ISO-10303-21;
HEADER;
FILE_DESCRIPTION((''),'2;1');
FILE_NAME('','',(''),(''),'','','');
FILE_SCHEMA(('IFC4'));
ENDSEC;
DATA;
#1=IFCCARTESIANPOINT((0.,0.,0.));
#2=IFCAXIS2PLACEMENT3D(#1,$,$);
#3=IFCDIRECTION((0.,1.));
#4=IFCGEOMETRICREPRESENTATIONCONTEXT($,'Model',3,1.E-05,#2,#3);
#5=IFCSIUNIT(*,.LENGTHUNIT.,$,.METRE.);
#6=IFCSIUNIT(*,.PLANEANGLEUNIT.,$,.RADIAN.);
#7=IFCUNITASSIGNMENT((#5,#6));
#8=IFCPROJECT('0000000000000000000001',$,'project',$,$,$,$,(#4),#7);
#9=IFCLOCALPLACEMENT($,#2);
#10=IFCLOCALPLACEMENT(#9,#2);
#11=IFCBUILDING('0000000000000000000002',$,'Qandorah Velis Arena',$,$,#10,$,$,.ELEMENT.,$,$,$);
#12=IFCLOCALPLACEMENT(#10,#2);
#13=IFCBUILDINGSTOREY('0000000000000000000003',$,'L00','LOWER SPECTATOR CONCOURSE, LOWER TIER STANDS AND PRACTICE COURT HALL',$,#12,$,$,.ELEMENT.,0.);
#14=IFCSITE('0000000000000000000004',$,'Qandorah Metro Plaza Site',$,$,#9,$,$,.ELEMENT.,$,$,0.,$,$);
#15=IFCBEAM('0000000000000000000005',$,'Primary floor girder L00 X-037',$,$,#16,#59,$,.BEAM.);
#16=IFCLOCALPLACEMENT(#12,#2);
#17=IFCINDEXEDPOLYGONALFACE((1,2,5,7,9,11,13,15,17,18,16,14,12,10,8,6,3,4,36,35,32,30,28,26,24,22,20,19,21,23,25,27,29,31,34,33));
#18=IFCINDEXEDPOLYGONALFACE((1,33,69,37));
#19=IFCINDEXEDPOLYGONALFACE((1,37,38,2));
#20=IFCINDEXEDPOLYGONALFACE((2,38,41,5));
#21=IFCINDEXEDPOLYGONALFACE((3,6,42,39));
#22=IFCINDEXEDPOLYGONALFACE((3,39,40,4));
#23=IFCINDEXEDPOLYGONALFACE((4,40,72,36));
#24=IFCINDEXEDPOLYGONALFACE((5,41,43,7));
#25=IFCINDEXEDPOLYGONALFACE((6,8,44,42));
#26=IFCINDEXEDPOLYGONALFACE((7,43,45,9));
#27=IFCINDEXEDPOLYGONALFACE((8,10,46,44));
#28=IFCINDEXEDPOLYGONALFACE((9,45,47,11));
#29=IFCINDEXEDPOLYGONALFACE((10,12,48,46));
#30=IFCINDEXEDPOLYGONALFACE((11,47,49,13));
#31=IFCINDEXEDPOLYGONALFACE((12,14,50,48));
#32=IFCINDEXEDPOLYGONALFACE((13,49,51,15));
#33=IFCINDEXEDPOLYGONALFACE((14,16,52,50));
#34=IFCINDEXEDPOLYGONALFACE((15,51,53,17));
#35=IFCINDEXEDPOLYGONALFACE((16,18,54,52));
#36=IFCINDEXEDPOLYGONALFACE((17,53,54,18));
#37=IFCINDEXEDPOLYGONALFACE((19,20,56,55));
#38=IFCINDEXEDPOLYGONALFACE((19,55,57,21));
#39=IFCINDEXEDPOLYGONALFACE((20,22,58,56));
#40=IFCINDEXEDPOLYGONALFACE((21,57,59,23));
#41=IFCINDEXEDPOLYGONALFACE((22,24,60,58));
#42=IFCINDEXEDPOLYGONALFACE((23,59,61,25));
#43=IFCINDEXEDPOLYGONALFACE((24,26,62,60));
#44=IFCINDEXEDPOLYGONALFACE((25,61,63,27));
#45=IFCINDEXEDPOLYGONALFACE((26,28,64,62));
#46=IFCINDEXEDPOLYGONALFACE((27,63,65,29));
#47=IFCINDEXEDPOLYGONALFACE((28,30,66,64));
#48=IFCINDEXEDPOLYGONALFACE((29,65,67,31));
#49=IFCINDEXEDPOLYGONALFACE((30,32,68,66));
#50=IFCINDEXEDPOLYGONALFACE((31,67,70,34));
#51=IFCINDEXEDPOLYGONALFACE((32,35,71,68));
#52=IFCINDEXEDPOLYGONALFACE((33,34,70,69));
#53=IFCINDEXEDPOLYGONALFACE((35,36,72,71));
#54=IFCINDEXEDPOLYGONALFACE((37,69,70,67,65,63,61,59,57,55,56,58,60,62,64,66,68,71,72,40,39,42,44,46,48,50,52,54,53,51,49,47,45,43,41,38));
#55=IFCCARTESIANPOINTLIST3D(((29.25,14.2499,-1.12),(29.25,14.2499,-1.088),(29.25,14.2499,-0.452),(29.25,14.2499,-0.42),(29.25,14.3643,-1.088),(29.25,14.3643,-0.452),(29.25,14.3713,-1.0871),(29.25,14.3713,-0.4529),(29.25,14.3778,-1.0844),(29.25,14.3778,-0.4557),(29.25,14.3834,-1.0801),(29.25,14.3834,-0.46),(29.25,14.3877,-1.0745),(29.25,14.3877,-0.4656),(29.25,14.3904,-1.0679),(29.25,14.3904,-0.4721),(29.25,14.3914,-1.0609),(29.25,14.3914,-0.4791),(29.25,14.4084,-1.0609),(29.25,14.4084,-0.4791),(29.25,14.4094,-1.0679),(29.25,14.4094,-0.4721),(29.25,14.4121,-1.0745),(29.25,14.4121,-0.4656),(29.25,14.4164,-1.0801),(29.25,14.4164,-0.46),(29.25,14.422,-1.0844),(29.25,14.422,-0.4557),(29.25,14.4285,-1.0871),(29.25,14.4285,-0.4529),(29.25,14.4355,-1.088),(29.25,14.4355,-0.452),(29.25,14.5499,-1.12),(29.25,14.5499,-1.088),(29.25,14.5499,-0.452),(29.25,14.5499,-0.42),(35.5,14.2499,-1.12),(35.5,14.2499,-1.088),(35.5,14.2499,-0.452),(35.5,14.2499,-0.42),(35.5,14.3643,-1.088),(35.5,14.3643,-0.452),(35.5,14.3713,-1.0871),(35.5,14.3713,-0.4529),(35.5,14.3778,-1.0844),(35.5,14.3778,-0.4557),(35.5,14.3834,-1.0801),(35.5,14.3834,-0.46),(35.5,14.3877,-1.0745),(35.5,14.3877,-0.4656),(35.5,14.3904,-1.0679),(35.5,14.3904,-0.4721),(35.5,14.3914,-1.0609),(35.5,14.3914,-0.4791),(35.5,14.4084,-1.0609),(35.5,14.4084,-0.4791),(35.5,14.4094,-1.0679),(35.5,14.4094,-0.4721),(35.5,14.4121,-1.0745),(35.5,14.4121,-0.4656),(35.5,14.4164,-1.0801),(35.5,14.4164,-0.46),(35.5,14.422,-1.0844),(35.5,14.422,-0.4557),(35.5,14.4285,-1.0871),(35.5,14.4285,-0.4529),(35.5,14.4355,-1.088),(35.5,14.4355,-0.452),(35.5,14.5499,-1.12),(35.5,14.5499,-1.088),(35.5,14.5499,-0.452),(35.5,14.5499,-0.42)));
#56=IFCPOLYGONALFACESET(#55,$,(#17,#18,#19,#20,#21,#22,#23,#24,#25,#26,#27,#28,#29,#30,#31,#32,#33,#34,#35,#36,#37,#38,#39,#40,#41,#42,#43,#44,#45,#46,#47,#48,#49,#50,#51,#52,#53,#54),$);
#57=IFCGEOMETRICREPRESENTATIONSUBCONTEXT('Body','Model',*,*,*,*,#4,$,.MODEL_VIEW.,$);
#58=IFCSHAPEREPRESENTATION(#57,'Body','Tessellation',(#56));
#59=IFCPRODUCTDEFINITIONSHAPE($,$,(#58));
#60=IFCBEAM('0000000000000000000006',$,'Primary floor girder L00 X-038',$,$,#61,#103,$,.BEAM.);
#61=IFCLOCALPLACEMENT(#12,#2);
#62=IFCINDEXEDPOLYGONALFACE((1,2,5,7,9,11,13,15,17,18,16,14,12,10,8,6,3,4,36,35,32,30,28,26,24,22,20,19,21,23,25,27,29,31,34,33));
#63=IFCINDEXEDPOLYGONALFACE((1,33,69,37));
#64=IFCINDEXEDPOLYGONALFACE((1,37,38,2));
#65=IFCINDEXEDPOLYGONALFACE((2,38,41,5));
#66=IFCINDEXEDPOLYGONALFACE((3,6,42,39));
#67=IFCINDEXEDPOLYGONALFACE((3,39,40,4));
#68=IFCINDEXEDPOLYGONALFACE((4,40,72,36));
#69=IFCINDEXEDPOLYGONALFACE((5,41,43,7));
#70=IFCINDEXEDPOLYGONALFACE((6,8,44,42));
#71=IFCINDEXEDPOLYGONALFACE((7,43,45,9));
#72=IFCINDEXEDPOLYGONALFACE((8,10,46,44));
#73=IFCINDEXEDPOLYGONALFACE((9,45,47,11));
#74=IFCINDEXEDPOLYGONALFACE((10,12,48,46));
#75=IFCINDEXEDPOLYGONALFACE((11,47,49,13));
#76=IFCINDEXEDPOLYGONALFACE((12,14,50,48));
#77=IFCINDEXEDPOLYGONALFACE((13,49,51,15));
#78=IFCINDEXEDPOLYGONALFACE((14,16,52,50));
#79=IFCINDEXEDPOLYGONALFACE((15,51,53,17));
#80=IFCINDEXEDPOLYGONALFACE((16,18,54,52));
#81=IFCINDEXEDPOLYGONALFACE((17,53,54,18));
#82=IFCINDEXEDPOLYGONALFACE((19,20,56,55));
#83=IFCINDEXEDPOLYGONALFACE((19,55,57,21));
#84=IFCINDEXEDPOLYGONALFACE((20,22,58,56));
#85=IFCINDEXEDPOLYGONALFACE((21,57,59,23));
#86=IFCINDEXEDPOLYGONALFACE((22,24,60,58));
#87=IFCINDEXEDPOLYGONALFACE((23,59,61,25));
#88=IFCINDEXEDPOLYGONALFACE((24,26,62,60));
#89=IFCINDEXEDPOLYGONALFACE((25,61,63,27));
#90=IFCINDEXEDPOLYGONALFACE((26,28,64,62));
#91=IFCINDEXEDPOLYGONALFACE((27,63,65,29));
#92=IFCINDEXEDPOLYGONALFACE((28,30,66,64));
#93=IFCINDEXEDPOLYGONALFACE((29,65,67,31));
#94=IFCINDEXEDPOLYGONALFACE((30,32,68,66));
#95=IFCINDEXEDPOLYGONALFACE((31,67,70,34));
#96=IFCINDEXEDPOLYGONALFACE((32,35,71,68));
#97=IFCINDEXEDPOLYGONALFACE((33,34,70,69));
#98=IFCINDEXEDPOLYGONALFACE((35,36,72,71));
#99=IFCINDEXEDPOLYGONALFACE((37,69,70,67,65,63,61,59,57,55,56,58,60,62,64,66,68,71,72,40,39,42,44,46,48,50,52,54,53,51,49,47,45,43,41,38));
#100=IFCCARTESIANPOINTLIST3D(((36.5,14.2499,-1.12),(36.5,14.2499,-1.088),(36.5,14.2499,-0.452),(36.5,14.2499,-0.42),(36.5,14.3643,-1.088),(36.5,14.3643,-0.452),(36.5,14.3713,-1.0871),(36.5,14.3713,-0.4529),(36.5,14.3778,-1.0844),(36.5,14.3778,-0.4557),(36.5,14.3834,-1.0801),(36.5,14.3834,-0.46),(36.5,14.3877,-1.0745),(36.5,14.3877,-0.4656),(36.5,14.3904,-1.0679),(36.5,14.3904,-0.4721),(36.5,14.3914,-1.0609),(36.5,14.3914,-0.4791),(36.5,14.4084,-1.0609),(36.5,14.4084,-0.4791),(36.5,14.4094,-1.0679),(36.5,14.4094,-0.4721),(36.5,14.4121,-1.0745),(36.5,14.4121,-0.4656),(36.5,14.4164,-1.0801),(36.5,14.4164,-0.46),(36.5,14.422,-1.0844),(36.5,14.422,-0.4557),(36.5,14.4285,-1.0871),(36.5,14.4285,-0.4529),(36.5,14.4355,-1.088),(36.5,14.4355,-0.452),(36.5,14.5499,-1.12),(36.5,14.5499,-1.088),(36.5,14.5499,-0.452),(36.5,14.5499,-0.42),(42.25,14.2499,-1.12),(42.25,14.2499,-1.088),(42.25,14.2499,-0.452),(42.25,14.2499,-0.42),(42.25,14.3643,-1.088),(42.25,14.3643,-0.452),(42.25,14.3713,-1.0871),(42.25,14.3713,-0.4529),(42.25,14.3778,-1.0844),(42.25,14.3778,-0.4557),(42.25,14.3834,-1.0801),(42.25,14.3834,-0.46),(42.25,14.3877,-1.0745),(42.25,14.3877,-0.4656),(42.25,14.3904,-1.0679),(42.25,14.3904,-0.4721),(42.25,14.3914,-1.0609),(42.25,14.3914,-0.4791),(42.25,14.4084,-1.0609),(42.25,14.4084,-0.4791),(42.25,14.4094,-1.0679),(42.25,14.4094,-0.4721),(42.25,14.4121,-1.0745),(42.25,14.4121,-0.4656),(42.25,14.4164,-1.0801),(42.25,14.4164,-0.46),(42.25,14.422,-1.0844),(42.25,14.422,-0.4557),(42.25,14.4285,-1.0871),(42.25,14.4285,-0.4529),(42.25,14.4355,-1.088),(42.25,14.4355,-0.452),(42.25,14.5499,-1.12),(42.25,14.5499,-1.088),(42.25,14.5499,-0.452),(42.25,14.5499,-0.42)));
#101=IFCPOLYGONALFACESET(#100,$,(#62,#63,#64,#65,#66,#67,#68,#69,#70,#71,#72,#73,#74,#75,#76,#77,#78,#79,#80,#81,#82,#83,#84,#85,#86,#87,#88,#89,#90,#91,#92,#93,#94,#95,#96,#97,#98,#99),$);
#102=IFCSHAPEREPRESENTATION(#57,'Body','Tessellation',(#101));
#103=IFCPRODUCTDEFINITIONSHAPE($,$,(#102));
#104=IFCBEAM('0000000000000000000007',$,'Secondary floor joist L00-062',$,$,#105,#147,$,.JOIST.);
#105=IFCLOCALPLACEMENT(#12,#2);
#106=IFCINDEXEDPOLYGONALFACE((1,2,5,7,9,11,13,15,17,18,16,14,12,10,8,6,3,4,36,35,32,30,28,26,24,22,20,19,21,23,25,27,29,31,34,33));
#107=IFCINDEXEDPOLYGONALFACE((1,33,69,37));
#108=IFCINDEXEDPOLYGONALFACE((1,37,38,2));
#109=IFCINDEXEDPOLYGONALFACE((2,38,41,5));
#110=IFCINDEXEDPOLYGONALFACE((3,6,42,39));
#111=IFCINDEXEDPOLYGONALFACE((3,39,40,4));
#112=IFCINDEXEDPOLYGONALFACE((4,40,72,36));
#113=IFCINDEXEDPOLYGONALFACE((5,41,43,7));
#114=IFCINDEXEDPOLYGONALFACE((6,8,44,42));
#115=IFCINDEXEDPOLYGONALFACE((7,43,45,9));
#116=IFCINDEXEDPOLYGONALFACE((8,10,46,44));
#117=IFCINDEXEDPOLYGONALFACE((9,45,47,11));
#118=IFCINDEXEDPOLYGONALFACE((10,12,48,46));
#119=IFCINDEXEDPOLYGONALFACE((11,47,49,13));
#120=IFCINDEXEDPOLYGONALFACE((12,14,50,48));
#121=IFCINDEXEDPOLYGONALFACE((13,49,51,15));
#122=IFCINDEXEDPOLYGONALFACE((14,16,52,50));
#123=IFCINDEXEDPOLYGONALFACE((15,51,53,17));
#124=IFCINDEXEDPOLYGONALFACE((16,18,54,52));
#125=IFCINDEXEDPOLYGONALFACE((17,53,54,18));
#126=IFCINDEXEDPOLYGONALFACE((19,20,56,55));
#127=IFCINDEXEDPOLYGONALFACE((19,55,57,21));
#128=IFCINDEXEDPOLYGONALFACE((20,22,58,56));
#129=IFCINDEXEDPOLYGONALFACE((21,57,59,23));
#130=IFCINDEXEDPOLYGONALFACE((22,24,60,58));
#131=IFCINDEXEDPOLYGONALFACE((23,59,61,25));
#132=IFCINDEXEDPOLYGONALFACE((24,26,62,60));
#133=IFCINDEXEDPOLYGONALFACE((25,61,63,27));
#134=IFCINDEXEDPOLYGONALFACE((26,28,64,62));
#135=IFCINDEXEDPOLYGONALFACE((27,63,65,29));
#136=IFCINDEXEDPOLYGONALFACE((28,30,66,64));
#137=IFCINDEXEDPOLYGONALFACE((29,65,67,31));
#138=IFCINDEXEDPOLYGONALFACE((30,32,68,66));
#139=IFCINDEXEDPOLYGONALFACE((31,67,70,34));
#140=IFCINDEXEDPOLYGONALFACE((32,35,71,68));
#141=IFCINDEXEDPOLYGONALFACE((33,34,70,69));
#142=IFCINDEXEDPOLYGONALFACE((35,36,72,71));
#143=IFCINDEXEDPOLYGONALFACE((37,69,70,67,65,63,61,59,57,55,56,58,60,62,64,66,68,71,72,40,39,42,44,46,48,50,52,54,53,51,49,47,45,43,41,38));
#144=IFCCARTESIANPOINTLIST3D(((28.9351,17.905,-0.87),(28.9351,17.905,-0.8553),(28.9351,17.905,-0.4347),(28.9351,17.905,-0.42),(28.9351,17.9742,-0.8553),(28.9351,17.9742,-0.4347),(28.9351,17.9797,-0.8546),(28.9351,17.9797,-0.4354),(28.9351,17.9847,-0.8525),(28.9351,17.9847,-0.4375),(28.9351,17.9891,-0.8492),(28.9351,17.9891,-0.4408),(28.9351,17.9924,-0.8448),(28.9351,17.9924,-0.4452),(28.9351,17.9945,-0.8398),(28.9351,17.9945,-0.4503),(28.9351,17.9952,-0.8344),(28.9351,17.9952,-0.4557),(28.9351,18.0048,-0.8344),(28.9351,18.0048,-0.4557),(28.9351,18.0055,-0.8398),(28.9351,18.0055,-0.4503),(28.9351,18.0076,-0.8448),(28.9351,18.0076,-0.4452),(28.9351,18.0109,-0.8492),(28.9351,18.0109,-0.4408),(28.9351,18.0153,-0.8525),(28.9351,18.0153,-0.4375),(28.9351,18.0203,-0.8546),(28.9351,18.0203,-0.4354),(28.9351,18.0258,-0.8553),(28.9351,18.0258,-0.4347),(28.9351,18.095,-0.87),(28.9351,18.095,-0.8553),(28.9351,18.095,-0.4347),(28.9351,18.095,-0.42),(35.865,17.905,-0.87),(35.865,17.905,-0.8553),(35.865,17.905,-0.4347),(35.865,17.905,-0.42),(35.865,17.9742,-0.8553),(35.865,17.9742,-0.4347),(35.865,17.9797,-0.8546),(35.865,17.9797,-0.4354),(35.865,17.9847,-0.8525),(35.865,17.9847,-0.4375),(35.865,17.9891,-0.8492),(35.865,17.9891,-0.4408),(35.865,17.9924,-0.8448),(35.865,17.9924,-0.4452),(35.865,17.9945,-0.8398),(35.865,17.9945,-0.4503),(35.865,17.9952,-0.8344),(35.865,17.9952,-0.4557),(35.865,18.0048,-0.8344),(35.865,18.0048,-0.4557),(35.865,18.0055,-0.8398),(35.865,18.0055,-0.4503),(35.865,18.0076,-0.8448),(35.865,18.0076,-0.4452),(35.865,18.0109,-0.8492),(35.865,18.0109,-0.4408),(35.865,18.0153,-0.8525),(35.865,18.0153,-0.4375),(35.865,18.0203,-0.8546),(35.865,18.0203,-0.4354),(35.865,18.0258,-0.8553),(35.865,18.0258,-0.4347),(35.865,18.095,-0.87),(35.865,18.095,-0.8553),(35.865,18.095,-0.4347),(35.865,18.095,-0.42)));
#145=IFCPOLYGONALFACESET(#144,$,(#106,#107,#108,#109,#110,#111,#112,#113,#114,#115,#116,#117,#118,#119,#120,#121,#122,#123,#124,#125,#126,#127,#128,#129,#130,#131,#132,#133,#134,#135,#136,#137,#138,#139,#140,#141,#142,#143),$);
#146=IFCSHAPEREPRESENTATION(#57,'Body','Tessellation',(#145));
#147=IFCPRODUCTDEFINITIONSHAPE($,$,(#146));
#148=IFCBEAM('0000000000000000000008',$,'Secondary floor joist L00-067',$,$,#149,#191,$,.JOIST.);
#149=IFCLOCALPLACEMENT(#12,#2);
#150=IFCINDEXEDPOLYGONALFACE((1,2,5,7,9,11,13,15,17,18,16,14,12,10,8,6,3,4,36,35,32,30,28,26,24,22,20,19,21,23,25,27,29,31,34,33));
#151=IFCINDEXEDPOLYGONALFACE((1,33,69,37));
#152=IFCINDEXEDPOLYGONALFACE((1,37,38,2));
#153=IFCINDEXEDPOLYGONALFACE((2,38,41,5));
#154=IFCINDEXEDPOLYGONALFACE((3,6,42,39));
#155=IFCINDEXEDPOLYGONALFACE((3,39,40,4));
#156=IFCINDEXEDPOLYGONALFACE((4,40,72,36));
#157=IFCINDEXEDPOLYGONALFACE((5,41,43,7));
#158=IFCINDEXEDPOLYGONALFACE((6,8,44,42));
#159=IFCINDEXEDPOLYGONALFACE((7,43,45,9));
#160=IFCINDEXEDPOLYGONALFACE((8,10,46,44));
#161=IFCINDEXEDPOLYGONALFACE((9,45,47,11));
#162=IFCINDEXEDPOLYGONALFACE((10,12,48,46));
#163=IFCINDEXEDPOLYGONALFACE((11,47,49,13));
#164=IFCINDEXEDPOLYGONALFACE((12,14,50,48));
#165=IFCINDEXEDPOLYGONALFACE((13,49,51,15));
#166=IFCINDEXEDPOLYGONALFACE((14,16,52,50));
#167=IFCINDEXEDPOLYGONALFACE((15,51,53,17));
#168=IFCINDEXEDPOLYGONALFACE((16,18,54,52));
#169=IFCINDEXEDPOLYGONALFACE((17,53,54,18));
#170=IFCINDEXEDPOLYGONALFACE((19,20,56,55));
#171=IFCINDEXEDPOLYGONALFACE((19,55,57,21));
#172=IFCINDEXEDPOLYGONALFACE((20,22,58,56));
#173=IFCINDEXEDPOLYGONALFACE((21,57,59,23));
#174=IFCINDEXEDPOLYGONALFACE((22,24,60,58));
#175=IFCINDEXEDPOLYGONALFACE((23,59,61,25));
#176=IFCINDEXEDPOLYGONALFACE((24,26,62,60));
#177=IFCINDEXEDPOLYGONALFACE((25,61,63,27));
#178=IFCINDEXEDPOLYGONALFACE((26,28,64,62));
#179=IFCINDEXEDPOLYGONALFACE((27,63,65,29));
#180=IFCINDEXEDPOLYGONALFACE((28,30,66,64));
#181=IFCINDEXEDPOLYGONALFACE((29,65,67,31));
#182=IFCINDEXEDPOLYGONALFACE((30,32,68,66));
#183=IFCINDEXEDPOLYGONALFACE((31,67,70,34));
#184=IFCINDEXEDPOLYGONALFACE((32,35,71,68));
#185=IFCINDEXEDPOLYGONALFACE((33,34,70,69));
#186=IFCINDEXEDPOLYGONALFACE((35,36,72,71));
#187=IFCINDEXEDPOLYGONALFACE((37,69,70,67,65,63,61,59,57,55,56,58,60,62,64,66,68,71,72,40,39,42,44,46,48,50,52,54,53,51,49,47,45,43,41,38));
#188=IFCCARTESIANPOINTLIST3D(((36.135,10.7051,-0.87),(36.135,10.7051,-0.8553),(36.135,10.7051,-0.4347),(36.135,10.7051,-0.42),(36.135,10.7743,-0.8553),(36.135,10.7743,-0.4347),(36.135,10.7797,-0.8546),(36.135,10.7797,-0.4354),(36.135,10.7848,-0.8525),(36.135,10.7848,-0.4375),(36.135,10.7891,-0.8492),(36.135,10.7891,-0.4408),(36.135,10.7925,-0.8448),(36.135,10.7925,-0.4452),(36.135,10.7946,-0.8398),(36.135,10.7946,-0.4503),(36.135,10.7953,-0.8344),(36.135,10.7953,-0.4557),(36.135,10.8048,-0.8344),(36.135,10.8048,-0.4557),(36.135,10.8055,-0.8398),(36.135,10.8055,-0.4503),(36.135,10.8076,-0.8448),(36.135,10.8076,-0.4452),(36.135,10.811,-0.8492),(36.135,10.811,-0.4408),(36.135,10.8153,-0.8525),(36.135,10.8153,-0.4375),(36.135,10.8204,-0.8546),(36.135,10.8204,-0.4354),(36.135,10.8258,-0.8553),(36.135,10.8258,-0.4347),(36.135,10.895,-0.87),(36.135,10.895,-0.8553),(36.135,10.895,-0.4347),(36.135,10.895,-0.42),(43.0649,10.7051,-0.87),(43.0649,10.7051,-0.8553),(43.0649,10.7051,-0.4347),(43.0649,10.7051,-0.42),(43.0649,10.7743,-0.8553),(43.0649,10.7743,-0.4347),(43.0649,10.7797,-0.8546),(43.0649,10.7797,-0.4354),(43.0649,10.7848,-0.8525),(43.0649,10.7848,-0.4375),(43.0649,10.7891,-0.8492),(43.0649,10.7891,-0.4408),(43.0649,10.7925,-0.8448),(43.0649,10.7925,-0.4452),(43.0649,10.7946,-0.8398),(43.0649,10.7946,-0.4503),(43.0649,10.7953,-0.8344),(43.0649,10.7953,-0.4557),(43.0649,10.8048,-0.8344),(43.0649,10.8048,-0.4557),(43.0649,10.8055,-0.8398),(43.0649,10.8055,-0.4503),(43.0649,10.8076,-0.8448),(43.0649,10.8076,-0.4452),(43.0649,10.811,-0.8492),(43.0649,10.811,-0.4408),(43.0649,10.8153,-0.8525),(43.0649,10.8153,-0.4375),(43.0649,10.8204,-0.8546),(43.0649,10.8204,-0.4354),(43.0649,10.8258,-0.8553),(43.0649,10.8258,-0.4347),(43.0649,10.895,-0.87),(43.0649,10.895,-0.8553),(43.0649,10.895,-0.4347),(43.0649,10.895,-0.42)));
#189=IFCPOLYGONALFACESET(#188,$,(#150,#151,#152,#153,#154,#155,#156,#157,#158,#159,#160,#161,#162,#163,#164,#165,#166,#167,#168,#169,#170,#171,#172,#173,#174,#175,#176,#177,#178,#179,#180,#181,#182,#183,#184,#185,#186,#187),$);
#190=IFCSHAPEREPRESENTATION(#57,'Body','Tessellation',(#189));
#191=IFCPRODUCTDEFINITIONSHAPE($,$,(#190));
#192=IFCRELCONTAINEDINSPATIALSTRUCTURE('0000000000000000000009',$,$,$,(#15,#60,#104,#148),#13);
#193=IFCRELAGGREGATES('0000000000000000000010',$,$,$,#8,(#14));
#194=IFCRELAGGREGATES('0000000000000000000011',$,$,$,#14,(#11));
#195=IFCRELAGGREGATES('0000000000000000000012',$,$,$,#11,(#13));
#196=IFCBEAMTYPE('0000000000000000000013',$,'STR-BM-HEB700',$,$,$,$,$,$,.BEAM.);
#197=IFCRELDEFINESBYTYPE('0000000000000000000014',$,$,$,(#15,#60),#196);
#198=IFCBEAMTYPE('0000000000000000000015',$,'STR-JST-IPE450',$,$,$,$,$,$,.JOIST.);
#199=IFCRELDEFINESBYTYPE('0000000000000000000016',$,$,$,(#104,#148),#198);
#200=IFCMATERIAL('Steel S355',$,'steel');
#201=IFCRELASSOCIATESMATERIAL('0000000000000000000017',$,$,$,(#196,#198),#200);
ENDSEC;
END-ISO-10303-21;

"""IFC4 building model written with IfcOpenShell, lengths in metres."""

from ifc_helpers import new_model, si_unit, direction, frame, origin, origin_2d, place, context, subcontext, project, spatial, i_section, extrude, material, material_profile, profile_set, type_object, element, save


model = new_model("IFC4")

# Units and contexts
model_context = context("Model", 3, precision=1e-05, world=origin(), true_north=direction((0.0, 1.0)))
body_context = subcontext(model_context, "Body", "Model", "MODEL_VIEW")
ifc_project = project(units=[si_unit("LENGTHUNIT", "METRE"), si_unit("PLANEANGLEUNIT", "RADIAN")], contexts=[model_context])

# Site, building, storey
site_placement = place(None, origin())
site = spatial("IfcSite", under=ifc_project, at=site_placement, Name="Qandorah Metro Plaza Site", CompositionType="ELEMENT", RefElevation=0.0)
building_placement = place(site_placement, origin())
building = spatial("IfcBuilding", under=site, at=building_placement, Name="Qandorah Velis Arena", CompositionType="ELEMENT")
storey_placement = place(building_placement, origin())
storey = spatial("IfcBuildingStorey", under=building, at=storey_placement, Name="L00", Description="LOWER SPECTATOR CONCOURSE, LOWER TIER STANDS AND PRACTICE COURT HALL", CompositionType="ELEMENT", Elevation=0.0)

# Beams
ifc_material_1 = material(Name="Steel S355", Category="steel")
ifc_material_profile_1 = material_profile(ifc_material_1, i_section(OverallWidth=0.3, OverallDepth=0.7, WebThickness=0.0171, FlangeThickness=0.032, FilletRadius=0.0271, at=origin_2d()), Name="HEB 700")
ifc_profile_set_1 = profile_set([ifc_material_profile_1], Name="Steel S355")
beam_type_1 = type_object("IfcBeamType", Name="STR-BM-HEB700", PredefinedType="BEAM", material=ifc_profile_set_1)
beam_1_placement = place(storey_placement, frame((29.25, 14.3999, -0.77), z_axis=(1.0, 0.0, 0.0), x_axis=(0.0, 1.0, 0.0)))
element("IfcBeam", 1, at=beam_1_placement, inside=storey, type_object=beam_type_1, Name="Primary floor girder L00 X-037", PredefinedType="BEAM", context=body_context, shape_type="SweptSolid", body=[
    extrude(i_section(OverallWidth=0.3, OverallDepth=0.7, WebThickness=0.0171, FlangeThickness=0.032, FilletRadius=0.0271, at=origin_2d()), origin(), (0.0, 0.0, 1.0), 6.25),
])
beam_2_placement = place(storey_placement, frame((36.5, 14.3999, -0.77), z_axis=(1.0, 0.0, 0.0), x_axis=(0.0, 1.0, 0.0)))
element("IfcBeam", 2, at=beam_2_placement, inside=storey, type_object=beam_type_1, Name="Primary floor girder L00 X-038", PredefinedType="BEAM", context=body_context, shape_type="SweptSolid", body=[
    extrude(i_section(OverallWidth=0.3, OverallDepth=0.7, WebThickness=0.0171, FlangeThickness=0.032, FilletRadius=0.0271, at=origin_2d()), origin(), (0.0, 0.0, 1.0), 5.75),
])
ifc_material_profile_2 = material_profile(ifc_material_1, i_section(OverallWidth=0.1899, OverallDepth=0.45, WebThickness=0.0095, FlangeThickness=0.0146, FilletRadius=0.021, at=origin_2d()), Name="IPE 450")
ifc_profile_set_2 = profile_set([ifc_material_profile_2], Name="Steel S355")
beam_type_2 = type_object("IfcBeamType", Name="STR-JST-IPE450", PredefinedType="JOIST", material=ifc_profile_set_2)
for number, where, z_axis, x_axis, name in (
    (3, (28.9351, 18.0, -0.645), (1.0, 0.0, 0.0), (0.0, 1.0, 0.0), "Secondary floor joist L00-062"),
    (4, (36.135, 10.8, -0.645), (1.0, 0.0, 0.0), (0.0, 1.0, 0.0), "Secondary floor joist L00-067"),
):
    element("IfcBeam", number, at=place(storey_placement, frame(where, z_axis=z_axis, x_axis=x_axis)), inside=storey, type_object=beam_type_2, Name=name, PredefinedType="JOIST", context=body_context, shape_type="SweptSolid", body=[
        extrude(i_section(OverallWidth=0.1899, OverallDepth=0.45, WebThickness=0.0095, FlangeThickness=0.0146, FilletRadius=0.021, at=origin_2d()), origin(), (0.0, 0.0, 1.0), 6.9299),
    ])

save(model, "model.ifc")
